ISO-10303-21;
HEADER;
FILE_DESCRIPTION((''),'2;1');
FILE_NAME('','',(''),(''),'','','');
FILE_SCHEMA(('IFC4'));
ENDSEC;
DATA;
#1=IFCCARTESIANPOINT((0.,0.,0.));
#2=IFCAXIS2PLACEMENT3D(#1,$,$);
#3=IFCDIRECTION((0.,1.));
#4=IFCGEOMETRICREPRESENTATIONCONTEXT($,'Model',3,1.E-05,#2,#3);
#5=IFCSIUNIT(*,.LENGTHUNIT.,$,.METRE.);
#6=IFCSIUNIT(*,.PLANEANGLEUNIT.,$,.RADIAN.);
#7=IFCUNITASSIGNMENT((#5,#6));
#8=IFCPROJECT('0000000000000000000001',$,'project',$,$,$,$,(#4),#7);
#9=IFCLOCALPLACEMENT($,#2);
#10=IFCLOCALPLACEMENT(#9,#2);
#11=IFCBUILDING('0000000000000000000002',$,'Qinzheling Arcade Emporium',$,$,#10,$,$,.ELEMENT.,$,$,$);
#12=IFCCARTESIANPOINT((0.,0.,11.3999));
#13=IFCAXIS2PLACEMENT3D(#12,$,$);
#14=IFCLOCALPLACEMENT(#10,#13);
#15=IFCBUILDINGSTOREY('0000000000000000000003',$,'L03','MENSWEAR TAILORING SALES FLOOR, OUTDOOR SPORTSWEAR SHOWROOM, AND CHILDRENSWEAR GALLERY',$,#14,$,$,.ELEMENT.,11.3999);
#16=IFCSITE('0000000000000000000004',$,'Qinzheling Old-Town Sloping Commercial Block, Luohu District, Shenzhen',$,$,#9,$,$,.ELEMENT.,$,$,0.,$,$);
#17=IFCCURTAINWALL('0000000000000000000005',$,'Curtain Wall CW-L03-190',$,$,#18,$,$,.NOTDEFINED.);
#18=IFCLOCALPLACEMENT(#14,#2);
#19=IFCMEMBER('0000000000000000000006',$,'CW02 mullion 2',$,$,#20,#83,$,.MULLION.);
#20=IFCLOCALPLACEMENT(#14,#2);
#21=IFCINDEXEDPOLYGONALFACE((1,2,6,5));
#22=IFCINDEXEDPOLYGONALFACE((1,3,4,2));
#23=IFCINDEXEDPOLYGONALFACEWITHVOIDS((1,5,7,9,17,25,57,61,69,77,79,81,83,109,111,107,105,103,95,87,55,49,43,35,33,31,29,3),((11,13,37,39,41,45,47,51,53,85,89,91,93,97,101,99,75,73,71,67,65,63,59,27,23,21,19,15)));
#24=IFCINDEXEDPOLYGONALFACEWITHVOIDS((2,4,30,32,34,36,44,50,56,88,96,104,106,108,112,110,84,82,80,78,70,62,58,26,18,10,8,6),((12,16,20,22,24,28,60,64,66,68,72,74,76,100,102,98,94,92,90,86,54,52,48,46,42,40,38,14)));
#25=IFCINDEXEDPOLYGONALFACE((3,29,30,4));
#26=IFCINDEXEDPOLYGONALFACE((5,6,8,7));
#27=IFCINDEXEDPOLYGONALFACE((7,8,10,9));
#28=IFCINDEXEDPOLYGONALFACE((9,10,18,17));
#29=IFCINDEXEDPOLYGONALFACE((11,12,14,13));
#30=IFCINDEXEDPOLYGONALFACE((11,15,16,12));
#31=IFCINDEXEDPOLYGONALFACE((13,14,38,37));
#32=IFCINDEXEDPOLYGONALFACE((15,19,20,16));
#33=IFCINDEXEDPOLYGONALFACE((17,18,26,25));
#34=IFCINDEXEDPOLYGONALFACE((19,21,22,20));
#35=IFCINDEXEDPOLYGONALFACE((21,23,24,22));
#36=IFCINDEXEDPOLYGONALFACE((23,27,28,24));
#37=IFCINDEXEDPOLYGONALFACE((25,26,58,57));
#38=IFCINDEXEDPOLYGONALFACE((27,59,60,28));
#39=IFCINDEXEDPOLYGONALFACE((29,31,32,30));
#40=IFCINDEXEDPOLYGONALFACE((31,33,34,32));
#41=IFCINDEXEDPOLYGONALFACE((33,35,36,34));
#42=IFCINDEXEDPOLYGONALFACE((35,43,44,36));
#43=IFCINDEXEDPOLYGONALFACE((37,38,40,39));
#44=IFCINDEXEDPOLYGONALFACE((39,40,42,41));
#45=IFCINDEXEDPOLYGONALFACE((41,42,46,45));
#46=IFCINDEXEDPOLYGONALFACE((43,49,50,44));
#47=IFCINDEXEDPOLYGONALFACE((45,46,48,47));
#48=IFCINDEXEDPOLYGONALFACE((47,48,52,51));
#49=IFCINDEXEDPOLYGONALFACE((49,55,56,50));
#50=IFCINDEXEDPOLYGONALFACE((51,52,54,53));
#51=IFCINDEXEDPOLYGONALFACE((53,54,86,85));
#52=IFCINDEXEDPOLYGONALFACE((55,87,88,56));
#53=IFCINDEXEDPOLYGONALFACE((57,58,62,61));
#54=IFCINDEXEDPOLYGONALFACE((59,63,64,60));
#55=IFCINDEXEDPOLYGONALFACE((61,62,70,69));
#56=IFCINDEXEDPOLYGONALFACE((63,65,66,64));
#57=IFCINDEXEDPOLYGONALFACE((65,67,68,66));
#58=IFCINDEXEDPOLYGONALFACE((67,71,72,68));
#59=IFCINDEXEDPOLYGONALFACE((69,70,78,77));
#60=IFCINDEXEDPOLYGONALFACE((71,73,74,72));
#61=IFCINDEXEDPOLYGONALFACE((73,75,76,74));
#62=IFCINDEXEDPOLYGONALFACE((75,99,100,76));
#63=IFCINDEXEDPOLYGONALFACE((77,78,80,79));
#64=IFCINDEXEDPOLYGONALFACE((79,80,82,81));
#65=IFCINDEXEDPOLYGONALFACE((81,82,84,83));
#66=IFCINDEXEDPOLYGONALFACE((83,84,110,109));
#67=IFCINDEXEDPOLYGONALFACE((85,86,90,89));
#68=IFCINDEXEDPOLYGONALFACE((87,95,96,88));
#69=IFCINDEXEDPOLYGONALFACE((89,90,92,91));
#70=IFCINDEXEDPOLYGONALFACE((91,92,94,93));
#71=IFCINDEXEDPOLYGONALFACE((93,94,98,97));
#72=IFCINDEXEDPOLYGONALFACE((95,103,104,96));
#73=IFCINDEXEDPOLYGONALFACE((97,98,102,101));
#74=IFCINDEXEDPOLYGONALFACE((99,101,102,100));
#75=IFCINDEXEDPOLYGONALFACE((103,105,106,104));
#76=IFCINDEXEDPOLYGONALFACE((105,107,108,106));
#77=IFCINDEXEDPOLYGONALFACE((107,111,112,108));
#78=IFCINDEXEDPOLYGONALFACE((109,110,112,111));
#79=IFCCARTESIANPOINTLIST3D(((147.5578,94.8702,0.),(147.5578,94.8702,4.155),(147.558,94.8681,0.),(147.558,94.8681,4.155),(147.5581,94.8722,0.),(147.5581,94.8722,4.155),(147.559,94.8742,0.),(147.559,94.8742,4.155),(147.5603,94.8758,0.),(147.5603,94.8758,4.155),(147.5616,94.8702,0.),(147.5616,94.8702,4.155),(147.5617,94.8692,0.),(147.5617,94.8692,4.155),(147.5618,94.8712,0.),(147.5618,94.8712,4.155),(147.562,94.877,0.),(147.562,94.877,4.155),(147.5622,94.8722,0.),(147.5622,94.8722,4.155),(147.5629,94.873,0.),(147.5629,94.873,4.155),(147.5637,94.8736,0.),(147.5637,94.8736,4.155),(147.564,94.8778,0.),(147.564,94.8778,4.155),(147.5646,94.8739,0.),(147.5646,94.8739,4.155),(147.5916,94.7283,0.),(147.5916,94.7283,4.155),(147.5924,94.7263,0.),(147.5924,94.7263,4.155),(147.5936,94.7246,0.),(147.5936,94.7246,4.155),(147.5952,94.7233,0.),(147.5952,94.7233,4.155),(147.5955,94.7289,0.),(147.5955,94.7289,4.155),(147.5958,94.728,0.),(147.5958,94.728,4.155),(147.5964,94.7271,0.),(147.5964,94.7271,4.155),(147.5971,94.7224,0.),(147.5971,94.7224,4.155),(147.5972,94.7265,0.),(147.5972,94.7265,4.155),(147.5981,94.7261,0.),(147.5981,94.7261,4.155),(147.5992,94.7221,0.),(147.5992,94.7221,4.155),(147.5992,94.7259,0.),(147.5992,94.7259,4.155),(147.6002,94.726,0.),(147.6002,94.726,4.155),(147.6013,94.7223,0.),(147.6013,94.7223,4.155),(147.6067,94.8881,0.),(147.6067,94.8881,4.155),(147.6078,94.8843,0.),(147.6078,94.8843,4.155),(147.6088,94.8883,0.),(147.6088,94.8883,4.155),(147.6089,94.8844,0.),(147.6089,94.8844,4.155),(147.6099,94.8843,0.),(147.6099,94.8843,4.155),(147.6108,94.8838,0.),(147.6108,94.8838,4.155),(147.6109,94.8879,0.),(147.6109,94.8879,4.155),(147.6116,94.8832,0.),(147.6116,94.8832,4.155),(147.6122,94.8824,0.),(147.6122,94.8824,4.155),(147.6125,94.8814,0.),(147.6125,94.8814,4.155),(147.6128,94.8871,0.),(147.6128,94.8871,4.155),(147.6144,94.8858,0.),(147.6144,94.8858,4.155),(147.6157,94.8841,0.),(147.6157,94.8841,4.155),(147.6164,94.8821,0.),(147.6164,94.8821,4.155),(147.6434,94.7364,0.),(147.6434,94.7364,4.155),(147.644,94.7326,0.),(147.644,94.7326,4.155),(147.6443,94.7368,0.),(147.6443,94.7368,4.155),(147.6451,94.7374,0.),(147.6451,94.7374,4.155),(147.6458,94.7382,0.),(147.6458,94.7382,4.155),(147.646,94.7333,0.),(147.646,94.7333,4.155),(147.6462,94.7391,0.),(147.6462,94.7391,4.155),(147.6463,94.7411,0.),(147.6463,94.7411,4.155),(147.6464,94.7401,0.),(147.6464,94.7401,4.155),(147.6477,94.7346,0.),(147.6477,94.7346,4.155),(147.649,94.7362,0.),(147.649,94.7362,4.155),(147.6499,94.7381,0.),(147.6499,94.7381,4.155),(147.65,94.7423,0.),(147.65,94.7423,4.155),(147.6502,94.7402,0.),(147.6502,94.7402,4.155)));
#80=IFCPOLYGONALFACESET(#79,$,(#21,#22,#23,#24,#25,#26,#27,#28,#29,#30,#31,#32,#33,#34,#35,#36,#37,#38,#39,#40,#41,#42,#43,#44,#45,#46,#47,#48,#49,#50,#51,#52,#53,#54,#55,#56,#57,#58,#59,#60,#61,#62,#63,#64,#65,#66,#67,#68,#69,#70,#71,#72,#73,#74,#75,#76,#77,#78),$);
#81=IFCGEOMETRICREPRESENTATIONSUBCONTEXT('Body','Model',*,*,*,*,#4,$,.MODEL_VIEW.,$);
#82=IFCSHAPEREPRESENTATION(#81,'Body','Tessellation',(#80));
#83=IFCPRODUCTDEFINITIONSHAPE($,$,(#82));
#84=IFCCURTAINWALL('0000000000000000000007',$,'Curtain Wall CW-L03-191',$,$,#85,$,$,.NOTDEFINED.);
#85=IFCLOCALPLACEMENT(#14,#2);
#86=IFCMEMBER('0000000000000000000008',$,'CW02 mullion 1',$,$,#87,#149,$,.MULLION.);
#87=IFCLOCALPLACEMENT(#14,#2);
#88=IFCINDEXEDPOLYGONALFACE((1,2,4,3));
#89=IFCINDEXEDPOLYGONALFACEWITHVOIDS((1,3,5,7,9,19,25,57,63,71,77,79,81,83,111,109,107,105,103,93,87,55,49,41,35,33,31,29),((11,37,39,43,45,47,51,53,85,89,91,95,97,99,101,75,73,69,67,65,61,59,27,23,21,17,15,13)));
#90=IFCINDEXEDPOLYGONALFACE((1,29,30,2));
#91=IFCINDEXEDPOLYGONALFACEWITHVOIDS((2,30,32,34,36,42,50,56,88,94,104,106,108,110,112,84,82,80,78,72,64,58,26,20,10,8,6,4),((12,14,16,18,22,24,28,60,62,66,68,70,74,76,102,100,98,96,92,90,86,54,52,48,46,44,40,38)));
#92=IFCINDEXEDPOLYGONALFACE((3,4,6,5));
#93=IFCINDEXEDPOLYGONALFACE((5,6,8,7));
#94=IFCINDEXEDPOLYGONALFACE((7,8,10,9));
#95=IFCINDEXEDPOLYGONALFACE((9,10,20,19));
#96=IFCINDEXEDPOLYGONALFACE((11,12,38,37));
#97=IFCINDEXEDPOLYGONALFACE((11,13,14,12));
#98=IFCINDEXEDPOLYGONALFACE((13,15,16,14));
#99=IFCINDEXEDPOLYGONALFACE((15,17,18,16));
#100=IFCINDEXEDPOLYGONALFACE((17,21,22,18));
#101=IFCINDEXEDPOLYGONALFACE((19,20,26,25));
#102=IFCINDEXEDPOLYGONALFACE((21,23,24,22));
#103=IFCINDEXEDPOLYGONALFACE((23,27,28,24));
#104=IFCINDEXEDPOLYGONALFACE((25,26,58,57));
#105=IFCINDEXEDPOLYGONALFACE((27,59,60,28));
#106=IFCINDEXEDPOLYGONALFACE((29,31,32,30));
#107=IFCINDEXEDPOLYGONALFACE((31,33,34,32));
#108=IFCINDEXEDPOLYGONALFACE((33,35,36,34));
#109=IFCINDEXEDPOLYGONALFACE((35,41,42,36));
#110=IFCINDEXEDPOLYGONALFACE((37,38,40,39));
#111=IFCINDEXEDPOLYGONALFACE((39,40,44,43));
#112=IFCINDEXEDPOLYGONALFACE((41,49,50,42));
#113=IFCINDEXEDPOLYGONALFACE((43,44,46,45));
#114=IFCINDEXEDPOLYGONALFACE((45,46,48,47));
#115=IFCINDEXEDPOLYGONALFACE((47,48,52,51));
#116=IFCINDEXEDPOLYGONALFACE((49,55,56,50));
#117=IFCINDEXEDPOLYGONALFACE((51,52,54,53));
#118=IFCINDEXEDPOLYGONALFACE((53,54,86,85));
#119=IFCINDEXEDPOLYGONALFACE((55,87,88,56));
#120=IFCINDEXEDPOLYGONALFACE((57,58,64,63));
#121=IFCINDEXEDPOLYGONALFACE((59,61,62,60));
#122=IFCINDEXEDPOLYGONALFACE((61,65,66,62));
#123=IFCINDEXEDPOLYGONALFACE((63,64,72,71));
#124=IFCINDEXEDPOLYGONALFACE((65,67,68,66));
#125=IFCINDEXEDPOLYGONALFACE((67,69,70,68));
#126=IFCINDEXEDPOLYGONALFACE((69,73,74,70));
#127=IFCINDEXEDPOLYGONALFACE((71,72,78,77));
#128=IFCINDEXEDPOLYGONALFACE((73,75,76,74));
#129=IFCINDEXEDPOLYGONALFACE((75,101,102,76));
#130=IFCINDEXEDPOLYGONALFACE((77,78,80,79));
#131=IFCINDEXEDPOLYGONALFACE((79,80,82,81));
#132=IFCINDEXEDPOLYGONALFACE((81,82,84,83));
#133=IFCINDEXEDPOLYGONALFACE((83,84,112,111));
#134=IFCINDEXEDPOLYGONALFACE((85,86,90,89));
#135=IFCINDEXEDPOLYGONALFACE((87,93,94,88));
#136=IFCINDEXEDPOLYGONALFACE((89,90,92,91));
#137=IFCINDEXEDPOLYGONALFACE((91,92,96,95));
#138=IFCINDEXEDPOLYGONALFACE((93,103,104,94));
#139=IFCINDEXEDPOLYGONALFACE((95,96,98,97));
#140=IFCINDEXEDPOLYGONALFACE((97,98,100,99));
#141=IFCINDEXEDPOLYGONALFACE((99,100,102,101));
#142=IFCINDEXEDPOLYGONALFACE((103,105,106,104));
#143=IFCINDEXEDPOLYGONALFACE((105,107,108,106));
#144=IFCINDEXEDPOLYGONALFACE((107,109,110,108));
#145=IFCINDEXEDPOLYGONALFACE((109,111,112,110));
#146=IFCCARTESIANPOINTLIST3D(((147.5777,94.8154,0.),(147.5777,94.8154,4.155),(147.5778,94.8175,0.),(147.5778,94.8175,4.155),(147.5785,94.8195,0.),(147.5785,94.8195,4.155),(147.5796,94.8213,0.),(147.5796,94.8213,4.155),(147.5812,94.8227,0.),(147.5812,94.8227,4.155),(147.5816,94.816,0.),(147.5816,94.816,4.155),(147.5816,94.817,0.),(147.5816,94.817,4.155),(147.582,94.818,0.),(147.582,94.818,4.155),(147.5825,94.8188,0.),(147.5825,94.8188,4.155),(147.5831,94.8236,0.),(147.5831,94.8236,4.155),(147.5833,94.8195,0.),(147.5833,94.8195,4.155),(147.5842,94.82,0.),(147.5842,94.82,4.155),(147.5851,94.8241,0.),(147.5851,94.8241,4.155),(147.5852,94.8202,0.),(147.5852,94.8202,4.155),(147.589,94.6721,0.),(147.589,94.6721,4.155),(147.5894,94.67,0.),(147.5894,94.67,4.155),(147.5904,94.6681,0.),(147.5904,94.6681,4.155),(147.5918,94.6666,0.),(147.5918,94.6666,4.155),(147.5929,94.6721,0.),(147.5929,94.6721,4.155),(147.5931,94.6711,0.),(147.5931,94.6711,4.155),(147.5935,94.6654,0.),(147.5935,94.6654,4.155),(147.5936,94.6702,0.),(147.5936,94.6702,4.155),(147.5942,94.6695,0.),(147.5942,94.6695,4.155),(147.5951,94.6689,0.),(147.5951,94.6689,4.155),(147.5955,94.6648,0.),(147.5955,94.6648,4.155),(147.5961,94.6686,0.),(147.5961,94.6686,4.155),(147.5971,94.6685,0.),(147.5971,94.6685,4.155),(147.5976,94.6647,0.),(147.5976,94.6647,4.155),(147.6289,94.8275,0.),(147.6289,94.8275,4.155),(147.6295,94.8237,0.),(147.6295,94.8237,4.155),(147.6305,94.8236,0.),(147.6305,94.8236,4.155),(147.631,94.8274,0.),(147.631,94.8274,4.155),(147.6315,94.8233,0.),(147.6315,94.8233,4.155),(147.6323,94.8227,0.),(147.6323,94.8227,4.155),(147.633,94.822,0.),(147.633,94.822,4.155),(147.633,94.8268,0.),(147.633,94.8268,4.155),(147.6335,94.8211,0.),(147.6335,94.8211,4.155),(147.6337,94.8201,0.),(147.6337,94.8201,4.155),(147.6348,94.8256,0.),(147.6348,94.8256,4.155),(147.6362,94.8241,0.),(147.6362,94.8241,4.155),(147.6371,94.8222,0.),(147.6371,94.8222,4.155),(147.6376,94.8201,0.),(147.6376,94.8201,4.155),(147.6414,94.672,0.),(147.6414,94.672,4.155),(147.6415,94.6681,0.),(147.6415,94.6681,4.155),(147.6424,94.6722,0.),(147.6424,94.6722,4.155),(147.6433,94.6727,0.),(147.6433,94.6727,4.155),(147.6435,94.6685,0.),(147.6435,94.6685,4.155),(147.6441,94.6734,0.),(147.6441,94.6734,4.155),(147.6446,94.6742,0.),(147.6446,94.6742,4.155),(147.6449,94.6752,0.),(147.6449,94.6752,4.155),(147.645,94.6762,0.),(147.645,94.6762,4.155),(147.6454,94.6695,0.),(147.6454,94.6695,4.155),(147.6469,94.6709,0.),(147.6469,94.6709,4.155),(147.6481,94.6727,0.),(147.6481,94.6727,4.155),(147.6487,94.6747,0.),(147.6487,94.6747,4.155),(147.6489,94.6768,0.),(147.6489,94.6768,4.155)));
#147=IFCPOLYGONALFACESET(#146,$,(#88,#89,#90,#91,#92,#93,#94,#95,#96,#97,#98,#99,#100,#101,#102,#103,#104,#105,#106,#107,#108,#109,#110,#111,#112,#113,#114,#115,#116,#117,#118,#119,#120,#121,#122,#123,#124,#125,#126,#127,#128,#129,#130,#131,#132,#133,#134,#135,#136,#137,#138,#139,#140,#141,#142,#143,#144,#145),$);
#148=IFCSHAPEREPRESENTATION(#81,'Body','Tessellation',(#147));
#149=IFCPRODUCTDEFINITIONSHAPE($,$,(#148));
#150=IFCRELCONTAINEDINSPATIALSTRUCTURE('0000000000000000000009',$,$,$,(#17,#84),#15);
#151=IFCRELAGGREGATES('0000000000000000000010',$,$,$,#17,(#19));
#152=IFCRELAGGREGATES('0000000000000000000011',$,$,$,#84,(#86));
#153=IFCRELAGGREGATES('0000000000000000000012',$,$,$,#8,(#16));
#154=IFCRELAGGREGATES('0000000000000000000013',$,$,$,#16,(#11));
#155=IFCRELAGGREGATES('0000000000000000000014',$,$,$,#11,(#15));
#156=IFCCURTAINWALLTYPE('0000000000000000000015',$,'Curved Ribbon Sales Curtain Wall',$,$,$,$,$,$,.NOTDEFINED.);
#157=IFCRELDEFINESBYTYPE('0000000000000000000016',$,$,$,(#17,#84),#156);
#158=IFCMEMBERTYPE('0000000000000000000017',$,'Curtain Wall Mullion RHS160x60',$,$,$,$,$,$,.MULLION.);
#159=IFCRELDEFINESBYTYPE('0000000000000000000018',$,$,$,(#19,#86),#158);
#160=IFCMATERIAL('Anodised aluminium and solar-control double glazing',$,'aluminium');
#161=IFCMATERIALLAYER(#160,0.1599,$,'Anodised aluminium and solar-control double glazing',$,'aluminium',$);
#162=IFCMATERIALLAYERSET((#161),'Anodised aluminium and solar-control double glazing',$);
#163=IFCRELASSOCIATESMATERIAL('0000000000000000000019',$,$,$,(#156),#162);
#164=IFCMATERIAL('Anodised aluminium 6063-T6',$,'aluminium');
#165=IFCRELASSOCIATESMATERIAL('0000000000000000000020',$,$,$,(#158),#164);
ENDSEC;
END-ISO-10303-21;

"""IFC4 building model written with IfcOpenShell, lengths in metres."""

from ifc_helpers import new_model, si_unit, direction, frame, origin, origin_2d, place, context, subcontext, project, spatial, hollow_rectangle, extrude, material, layer, layer_set, material_profile, profile_set, type_object, element, aggregate, save


model = new_model("IFC4")

# Units and contexts
model_context = context("Model", 3, precision=1e-05, world=origin(), true_north=direction((0.0, 1.0)))
body_context = subcontext(model_context, "Body", "Model", "MODEL_VIEW")
ifc_project = project(units=[si_unit("LENGTHUNIT", "METRE"), si_unit("PLANEANGLEUNIT", "RADIAN")], contexts=[model_context])

# Site, building, storey
site_placement = place(None, origin())
site = spatial("IfcSite", under=ifc_project, at=site_placement, Name="Qinzheling Old-Town Sloping Commercial Block, Luohu District, Shenzhen", CompositionType="ELEMENT", RefElevation=0.0)
building_placement = place(site_placement, origin())
building = spatial("IfcBuilding", under=site, at=building_placement, Name="Qinzheling Arcade Emporium", CompositionType="ELEMENT")
storey_placement = place(building_placement, frame((0.0, 0.0, 11.3999)))
storey = spatial("IfcBuildingStorey", under=building, at=storey_placement, Name="L03", Description="MENSWEAR TAILORING SALES FLOOR, OUTDOOR SPORTSWEAR SHOWROOM, AND CHILDRENSWEAR GALLERY", CompositionType="ELEMENT", Elevation=11.3999)

# Curtain walls, members
ifc_material_1 = material(Name="Anodised aluminium and solar-control double glazing", Category="aluminium")
ifc_layer_1 = layer(ifc_material_1, 0.1599, Name="Anodised aluminium and solar-control double glazing", Category="aluminium")
ifc_layer_set_1 = layer_set([ifc_layer_1], Name="Anodised aluminium and solar-control double glazing")
curtain_wall_type = type_object("IfcCurtainWallType", Name="Curved Ribbon Sales Curtain Wall", PredefinedType="NOTDEFINED", material=ifc_layer_set_1)
ifc_material_2 = material(Name="Anodised aluminium 6063-T6", Category="aluminium")
ifc_material_profile_1 = material_profile(ifc_material_2, hollow_rectangle(XDim=0.0601, YDim=0.1599, WallThickness=0.0039, InnerFilletRadius=0.0039, OuterFilletRadius=0.0081, at=origin_2d()), Name="RHS 160x60x4", Category="aluminium")
ifc_profile_set_1 = profile_set([ifc_material_profile_1], Name="Anodised aluminium 6063-T6")
member_type_1 = type_object("IfcMemberType", Name="Curtain Wall Mullion RHS160x60", PredefinedType="MULLION", material=ifc_profile_set_1)
curtain_wall_1_placement = place(storey_placement, origin())
curtain_wall_1 = element("IfcCurtainWall", 1, at=curtain_wall_1_placement, inside=storey, type_object=curtain_wall_type, Name="Curtain Wall CW-L03-190", PredefinedType="NOTDEFINED")
member_1_placement = place(storey_placement, frame((147.604, 94.8052, 0.0), z_axis=(0.0, 0.0, 1.0), x_axis=(0.972328, 0.233621, 0.0)))
member_1 = element("IfcMember", 2, at=member_1_placement, type_object=member_type_1, Name="CW02 mullion 2", PredefinedType="MULLION", context=body_context, shape_type="SweptSolid", body=[
    extrude(hollow_rectangle(XDim=0.0601, YDim=0.1599, WallThickness=0.0039, InnerFilletRadius=0.0039, OuterFilletRadius=0.0081, at=origin_2d()), origin(), (0.0, 0.0, 1.0), 4.155),
])
curtain_wall_2_placement = place(storey_placement, origin())
curtain_wall_2 = element("IfcCurtainWall", 3, at=curtain_wall_2_placement, inside=storey, type_object=curtain_wall_type, Name="Curtain Wall CW-L03-191", PredefinedType="NOTDEFINED")
member_2_placement = place(storey_placement, frame((147.6133, 94.7461, 0.0), z_axis=(0.0, 0.0, 1.0), x_axis=(0.996924, 0.078376, 0.0)))
member_2 = element("IfcMember", 4, at=member_2_placement, type_object=member_type_1, Name="CW02 mullion 1", PredefinedType="MULLION", context=body_context, shape_type="SweptSolid", body=[
    extrude(hollow_rectangle(XDim=0.0601, YDim=0.1599, WallThickness=0.0039, InnerFilletRadius=0.0039, OuterFilletRadius=0.0081, at=origin_2d()), origin(), (0.0, 0.0, 1.0), 4.155),
])

aggregate(curtain_wall_1, [member_1])
aggregate(curtain_wall_2, [member_2])

save(model, "model.ifc")
